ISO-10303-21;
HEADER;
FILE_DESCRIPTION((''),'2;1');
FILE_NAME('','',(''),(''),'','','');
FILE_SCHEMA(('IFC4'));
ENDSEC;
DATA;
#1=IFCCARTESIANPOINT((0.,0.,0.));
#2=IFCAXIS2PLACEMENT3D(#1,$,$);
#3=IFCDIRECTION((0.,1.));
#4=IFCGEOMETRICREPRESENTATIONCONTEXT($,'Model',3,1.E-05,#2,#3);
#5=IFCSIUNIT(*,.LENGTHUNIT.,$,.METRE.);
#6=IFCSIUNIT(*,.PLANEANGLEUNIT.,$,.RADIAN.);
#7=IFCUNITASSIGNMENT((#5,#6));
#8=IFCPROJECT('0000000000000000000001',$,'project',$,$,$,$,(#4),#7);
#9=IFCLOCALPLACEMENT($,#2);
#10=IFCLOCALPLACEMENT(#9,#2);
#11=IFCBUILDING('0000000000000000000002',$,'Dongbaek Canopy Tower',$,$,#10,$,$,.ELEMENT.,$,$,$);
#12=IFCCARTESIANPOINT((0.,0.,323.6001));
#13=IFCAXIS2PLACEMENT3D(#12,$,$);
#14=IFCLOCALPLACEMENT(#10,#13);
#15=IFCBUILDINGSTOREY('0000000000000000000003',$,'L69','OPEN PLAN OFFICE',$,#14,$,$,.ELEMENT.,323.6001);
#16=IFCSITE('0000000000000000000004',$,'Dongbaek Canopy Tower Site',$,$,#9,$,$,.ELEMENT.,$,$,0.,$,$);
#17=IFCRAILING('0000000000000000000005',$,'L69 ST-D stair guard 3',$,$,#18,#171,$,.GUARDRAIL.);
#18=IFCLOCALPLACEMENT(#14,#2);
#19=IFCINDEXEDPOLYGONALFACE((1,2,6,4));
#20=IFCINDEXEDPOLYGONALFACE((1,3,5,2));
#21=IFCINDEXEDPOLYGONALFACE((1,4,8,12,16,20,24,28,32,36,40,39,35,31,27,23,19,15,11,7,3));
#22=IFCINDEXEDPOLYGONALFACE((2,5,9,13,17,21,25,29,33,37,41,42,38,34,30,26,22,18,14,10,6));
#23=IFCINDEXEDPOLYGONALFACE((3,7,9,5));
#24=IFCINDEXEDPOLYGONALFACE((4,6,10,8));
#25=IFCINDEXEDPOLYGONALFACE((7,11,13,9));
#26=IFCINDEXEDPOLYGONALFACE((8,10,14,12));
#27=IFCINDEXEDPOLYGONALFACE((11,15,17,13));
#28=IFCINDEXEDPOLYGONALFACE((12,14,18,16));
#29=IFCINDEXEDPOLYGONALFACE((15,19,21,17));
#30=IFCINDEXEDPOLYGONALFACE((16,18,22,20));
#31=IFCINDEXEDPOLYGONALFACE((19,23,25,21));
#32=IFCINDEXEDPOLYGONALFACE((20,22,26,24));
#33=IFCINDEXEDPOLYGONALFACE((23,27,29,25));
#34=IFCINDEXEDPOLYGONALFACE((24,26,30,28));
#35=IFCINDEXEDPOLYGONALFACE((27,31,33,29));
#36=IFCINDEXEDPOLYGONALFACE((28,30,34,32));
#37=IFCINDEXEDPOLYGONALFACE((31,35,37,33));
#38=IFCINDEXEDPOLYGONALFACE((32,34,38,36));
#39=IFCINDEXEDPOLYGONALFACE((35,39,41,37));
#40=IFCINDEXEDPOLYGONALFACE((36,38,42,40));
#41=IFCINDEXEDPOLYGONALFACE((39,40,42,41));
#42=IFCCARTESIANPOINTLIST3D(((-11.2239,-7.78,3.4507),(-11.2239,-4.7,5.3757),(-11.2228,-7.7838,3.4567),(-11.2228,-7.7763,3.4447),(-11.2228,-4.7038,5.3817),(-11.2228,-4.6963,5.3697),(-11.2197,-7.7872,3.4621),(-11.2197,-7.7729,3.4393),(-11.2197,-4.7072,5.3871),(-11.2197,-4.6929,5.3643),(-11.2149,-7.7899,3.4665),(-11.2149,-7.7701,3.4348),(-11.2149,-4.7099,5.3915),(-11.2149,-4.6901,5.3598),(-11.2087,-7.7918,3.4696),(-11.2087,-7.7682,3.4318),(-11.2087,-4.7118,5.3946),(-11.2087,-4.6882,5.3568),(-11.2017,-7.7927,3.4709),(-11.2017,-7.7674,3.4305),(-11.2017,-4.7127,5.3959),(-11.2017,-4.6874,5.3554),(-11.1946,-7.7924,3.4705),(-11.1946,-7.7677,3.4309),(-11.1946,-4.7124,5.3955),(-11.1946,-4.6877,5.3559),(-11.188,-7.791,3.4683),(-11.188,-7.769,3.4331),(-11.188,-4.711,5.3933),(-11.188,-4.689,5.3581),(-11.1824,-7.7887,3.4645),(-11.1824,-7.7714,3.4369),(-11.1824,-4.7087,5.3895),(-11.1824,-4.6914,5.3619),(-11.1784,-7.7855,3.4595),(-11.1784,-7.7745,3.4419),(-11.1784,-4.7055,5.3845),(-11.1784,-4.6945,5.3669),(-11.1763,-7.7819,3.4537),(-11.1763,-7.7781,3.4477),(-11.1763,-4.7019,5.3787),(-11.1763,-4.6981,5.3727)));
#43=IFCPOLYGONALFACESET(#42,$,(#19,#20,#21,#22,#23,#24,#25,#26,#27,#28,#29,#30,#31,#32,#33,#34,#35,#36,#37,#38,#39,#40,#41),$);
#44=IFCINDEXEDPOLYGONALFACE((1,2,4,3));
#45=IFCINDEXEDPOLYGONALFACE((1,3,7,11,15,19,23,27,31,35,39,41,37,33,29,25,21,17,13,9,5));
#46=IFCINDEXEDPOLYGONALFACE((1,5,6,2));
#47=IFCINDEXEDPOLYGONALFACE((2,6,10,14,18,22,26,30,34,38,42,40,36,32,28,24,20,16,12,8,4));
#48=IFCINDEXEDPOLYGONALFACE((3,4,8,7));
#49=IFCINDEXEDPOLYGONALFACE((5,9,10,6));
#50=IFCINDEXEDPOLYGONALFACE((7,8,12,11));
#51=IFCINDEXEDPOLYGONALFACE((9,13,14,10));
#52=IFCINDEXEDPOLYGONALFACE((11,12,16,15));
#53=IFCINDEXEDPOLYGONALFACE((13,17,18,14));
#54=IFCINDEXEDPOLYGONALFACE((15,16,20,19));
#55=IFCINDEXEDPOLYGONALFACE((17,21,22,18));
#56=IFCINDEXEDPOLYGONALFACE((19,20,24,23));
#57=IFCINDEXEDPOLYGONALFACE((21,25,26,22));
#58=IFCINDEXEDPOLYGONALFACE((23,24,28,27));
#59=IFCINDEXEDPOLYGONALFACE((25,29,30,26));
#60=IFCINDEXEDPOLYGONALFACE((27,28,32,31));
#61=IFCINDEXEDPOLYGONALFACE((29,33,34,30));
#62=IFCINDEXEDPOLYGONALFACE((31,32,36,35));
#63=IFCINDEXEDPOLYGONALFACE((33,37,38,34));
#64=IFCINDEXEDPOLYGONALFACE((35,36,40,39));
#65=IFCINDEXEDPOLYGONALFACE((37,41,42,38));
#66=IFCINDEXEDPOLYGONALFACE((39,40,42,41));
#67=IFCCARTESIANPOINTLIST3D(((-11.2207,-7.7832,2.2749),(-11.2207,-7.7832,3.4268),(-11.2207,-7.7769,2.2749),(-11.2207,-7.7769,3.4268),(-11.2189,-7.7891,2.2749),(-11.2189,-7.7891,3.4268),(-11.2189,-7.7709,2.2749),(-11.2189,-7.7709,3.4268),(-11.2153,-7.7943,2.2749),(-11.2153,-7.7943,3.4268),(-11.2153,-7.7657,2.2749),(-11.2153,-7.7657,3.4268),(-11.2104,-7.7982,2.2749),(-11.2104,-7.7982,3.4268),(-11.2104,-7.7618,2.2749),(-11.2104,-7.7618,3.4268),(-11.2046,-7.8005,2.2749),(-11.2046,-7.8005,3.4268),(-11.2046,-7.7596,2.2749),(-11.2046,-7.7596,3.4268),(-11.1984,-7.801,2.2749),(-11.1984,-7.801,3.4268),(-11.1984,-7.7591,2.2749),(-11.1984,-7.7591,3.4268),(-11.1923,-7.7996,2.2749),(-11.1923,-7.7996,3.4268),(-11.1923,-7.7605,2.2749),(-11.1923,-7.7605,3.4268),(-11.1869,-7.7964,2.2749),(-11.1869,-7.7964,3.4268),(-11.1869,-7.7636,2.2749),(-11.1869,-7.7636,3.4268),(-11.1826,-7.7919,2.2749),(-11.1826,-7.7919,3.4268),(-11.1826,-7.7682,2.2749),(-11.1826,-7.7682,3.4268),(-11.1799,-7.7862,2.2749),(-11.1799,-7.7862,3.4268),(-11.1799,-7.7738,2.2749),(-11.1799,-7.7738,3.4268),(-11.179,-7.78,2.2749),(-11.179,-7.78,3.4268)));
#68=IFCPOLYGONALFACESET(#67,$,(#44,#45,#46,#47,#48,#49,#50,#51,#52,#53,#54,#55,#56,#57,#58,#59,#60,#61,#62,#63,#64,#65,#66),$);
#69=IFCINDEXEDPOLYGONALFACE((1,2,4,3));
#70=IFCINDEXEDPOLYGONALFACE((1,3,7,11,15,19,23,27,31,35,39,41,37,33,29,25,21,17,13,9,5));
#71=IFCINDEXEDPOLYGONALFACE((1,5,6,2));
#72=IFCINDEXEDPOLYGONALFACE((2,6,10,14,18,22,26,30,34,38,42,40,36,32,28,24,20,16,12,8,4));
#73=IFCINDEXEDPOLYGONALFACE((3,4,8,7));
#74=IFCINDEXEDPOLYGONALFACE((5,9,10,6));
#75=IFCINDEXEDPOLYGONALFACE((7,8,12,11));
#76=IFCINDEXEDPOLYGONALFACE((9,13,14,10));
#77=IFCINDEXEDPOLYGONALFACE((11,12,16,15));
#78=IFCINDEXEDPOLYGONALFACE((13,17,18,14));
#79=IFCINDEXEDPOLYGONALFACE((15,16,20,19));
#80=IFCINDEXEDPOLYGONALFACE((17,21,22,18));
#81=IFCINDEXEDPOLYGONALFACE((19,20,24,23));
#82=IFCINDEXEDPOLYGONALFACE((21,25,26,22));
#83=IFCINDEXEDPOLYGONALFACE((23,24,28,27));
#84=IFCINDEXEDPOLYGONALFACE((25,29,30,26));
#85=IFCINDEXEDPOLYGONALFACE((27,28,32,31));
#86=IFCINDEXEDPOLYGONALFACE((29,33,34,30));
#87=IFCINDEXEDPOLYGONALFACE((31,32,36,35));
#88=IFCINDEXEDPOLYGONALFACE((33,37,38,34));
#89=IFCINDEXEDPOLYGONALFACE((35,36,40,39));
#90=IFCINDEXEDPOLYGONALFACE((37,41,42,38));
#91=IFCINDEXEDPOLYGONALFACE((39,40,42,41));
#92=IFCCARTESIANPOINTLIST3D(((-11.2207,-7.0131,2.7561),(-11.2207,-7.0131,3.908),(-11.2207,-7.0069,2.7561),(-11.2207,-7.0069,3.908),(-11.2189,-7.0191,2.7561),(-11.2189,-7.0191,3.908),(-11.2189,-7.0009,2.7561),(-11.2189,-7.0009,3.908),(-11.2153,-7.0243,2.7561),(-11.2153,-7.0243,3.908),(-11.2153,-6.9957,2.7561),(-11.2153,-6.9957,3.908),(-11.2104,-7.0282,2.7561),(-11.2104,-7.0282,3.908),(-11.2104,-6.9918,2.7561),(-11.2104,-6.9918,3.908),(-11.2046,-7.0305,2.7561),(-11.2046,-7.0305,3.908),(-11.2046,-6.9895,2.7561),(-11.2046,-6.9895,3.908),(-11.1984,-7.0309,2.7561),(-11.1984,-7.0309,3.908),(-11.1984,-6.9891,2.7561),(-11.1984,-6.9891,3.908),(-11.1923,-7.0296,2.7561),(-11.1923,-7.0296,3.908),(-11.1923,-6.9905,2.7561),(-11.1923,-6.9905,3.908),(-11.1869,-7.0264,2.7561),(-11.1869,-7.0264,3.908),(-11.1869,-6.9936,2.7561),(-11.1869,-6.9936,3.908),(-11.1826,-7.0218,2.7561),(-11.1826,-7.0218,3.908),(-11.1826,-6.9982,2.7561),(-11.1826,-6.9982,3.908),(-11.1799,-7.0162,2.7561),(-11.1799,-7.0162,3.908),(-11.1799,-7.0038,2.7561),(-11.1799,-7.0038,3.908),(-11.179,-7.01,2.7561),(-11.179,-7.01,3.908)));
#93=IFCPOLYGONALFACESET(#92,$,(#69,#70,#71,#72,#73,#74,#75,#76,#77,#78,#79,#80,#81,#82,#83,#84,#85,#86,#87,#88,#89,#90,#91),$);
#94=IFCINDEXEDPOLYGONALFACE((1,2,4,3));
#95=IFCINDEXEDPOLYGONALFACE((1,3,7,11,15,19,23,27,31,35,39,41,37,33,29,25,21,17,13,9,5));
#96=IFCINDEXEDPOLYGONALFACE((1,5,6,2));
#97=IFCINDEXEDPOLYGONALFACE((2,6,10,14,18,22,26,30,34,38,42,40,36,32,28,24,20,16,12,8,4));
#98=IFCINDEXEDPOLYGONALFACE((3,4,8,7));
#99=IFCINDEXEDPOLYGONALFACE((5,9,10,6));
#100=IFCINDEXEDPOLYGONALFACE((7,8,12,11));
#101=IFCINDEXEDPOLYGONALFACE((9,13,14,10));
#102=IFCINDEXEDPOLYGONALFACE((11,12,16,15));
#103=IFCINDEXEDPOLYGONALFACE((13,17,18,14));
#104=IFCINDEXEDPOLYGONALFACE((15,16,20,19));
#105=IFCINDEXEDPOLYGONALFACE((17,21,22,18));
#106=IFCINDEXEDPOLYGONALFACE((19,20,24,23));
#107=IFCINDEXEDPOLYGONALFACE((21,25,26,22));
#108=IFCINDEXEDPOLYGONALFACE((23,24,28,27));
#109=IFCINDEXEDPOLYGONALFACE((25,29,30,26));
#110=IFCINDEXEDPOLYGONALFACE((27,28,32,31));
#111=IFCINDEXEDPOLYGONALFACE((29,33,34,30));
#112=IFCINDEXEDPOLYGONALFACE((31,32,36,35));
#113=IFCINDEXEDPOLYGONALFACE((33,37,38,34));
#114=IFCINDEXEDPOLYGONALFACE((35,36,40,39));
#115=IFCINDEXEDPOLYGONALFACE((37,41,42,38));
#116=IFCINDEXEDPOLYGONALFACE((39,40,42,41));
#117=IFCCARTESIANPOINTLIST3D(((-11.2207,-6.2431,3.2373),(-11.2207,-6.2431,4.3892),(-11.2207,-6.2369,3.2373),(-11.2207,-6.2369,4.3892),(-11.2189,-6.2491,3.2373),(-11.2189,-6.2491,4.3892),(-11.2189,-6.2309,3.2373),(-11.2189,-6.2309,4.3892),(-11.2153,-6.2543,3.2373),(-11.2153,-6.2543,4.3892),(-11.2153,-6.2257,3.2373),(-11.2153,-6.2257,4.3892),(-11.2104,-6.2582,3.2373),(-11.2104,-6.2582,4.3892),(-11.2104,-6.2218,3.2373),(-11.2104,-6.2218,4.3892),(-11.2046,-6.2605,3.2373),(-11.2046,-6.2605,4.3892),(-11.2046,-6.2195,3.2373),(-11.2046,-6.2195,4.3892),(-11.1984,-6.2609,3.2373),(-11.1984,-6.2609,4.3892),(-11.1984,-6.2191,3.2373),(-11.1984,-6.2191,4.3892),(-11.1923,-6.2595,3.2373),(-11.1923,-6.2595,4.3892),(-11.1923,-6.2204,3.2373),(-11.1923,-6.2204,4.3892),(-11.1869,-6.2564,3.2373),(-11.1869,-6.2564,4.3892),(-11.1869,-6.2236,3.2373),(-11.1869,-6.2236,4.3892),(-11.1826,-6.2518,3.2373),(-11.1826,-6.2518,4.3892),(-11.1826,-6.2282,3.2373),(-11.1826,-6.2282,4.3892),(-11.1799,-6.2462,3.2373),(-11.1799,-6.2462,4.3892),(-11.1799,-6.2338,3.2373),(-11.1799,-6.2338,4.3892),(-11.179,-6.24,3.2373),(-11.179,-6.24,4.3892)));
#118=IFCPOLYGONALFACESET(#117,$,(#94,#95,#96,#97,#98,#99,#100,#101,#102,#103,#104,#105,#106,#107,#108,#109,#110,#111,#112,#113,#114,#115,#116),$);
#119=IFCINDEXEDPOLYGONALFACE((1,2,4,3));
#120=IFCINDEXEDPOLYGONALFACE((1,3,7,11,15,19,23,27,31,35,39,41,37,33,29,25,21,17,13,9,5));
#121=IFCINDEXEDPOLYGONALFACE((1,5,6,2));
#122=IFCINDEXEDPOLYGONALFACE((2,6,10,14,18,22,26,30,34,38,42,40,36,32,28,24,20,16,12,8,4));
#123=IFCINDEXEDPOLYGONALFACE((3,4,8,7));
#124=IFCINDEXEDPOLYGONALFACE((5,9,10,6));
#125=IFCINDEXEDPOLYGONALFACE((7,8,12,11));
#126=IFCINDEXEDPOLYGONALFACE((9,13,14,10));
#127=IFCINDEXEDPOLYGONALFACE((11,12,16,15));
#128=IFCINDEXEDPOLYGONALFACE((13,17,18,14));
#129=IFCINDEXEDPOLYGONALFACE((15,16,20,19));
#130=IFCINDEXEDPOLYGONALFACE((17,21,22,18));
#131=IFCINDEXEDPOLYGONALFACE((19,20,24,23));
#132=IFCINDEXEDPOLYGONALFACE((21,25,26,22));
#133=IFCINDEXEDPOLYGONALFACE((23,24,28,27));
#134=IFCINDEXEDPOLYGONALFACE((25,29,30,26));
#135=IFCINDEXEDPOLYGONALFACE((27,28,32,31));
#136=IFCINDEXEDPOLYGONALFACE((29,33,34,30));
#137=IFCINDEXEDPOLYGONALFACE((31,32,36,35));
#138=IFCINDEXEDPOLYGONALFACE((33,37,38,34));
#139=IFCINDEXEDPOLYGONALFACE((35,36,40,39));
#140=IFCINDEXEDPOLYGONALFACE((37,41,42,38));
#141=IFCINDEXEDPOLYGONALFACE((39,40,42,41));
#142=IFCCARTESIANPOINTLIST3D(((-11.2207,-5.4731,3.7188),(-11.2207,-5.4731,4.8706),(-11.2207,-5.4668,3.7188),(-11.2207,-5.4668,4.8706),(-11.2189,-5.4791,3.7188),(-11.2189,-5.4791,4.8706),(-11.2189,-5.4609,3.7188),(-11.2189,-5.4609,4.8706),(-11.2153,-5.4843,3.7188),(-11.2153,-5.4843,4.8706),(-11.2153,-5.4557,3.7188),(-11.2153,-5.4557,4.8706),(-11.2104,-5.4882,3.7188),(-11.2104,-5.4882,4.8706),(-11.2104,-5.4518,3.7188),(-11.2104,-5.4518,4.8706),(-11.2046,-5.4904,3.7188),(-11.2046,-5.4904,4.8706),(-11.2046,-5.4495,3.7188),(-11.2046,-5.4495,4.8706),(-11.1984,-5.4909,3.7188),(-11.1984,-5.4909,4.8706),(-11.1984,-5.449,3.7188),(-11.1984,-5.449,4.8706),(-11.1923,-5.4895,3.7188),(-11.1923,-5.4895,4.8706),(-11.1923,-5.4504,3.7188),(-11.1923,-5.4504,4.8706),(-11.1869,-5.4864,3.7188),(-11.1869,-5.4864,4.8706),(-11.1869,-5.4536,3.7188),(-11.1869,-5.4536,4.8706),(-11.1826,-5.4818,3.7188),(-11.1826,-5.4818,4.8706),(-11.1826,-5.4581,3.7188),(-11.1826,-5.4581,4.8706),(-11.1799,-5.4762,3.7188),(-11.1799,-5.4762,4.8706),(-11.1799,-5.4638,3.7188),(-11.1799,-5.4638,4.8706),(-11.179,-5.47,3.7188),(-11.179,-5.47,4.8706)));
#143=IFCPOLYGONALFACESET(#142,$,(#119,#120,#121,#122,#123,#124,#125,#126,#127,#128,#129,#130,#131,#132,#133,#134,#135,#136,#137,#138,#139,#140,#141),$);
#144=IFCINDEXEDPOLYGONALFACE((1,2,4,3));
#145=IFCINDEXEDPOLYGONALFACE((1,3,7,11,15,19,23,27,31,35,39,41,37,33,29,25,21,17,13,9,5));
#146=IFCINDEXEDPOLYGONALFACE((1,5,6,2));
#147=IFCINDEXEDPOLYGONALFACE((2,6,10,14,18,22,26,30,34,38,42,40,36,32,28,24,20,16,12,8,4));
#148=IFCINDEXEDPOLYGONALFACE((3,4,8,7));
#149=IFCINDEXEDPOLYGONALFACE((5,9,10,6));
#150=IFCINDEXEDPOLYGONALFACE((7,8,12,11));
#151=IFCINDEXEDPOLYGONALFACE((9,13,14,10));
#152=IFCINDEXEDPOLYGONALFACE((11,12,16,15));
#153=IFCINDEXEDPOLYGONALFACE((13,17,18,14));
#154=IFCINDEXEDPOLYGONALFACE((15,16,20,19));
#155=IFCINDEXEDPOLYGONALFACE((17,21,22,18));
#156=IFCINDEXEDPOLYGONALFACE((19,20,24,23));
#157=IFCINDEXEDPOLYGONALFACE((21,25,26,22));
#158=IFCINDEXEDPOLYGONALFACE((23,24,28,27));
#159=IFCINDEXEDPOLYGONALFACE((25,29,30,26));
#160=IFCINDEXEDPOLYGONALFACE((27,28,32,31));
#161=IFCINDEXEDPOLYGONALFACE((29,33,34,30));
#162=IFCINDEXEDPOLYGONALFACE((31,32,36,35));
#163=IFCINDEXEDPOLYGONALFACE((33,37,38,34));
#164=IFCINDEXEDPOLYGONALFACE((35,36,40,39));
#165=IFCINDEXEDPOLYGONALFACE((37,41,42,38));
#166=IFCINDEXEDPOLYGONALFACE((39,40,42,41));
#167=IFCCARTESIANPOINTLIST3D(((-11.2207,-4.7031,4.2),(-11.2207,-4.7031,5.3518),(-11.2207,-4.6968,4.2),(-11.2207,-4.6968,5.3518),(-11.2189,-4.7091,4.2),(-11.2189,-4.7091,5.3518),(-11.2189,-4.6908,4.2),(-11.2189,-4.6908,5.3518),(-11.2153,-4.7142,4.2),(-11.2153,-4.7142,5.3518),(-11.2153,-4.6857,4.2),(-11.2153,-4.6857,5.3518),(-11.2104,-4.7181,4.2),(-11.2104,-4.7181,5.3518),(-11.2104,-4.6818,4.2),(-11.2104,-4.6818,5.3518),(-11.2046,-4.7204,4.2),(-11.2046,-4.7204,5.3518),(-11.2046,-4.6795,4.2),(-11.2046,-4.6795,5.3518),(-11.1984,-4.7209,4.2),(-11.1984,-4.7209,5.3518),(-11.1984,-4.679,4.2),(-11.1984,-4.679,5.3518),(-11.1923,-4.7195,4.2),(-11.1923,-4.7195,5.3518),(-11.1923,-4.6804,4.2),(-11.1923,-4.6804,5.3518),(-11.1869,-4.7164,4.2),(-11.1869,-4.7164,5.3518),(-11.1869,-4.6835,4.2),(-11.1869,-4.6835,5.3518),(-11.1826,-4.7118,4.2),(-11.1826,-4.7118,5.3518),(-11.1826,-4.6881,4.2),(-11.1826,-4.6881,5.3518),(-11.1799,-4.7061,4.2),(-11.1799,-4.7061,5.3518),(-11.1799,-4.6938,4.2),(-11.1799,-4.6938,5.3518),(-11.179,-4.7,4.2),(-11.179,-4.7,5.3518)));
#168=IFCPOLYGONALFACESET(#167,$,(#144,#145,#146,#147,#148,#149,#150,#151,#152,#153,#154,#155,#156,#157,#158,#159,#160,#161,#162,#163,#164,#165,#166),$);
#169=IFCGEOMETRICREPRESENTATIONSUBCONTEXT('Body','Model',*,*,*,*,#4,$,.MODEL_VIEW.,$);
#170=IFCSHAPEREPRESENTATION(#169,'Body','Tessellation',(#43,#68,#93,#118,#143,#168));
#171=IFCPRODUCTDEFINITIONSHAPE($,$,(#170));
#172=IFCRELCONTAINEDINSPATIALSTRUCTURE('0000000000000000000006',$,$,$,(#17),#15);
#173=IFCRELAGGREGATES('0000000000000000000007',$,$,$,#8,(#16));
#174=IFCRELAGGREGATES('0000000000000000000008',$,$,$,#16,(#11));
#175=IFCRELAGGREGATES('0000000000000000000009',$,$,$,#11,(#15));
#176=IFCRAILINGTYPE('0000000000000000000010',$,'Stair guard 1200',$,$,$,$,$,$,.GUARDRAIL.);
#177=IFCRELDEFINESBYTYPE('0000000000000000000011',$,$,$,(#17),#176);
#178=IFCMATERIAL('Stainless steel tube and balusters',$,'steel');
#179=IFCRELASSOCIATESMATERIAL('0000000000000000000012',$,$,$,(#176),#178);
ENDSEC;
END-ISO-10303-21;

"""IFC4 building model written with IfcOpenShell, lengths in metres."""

from ifc_helpers import new_model, si_unit, direction, frame, origin, origin_2d, place, context, subcontext, project, spatial, circle, extrude, material, type_object, element, save


model = new_model("IFC4")

# Units and contexts
model_context = context("Model", 3, precision=1e-05, world=origin(), true_north=direction((0.0, 1.0)))
body_context = subcontext(model_context, "Body", "Model", "MODEL_VIEW")
ifc_project = project(units=[si_unit("LENGTHUNIT", "METRE"), si_unit("PLANEANGLEUNIT", "RADIAN")], contexts=[model_context])

# Site, building, storey
site_placement = place(None, origin())
site = spatial("IfcSite", under=ifc_project, at=site_placement, Name="Dongbaek Canopy Tower Site", CompositionType="ELEMENT", RefElevation=0.0)
building_placement = place(site_placement, origin())
building = spatial("IfcBuilding", under=site, at=building_placement, Name="Dongbaek Canopy Tower", CompositionType="ELEMENT")
storey_placement = place(building_placement, frame((0.0, 0.0, 323.6001)))
storey = spatial("IfcBuildingStorey", under=building, at=storey_placement, Name="L69", Description="OPEN PLAN OFFICE", CompositionType="ELEMENT", Elevation=323.6001)

# Railing
ifc_material_1 = material(Name="Stainless steel tube and balusters", Category="steel")
railing_type_1 = type_object("IfcRailingType", Name="Stair guard 1200", PredefinedType="GUARDRAIL", material=ifc_material_1)
railing_1_placement = place(storey_placement, frame((-11.2, -7.78, 2.2749)))
element("IfcRailing", 1, at=railing_1_placement, inside=storey, type_object=railing_type_1, Name="L69 ST-D stair guard 3", PredefinedType="GUARDRAIL", context=body_context, shape_type="SweptSolid", body=[
    extrude(circle(Radius=0.0239, at=origin_2d()), frame((0.0, 0.0, 1.1758), z_axis=(0.0, 0.847998, 0.529999), x_axis=(-1.0, 0.0, 0.0)), (0.0, 0.0, 1.0), 3.6321),
    extrude(circle(Radius=0.021, at=origin_2d()), origin(), (0.0, 0.0, 1.0), 1.1519),
    extrude(circle(Radius=0.021, at=origin_2d()), frame((0.0, 0.77, 0.4812)), (0.0, 0.0, 1.0), 1.1519),
    extrude(circle(Radius=0.021, at=origin_2d()), frame((0.0, 1.54, 0.9624)), (0.0, 0.0, 1.0), 1.1519),
    extrude(circle(Radius=0.021, at=origin_2d()), frame((0.0, 2.3101, 1.4438)), (0.0, 0.0, 1.0), 1.1519),
    extrude(circle(Radius=0.021, at=origin_2d()), frame((0.0, 3.0801, 1.925)), (0.0, 0.0, 1.0), 1.1519),
])

save(model, "model.ifc")
